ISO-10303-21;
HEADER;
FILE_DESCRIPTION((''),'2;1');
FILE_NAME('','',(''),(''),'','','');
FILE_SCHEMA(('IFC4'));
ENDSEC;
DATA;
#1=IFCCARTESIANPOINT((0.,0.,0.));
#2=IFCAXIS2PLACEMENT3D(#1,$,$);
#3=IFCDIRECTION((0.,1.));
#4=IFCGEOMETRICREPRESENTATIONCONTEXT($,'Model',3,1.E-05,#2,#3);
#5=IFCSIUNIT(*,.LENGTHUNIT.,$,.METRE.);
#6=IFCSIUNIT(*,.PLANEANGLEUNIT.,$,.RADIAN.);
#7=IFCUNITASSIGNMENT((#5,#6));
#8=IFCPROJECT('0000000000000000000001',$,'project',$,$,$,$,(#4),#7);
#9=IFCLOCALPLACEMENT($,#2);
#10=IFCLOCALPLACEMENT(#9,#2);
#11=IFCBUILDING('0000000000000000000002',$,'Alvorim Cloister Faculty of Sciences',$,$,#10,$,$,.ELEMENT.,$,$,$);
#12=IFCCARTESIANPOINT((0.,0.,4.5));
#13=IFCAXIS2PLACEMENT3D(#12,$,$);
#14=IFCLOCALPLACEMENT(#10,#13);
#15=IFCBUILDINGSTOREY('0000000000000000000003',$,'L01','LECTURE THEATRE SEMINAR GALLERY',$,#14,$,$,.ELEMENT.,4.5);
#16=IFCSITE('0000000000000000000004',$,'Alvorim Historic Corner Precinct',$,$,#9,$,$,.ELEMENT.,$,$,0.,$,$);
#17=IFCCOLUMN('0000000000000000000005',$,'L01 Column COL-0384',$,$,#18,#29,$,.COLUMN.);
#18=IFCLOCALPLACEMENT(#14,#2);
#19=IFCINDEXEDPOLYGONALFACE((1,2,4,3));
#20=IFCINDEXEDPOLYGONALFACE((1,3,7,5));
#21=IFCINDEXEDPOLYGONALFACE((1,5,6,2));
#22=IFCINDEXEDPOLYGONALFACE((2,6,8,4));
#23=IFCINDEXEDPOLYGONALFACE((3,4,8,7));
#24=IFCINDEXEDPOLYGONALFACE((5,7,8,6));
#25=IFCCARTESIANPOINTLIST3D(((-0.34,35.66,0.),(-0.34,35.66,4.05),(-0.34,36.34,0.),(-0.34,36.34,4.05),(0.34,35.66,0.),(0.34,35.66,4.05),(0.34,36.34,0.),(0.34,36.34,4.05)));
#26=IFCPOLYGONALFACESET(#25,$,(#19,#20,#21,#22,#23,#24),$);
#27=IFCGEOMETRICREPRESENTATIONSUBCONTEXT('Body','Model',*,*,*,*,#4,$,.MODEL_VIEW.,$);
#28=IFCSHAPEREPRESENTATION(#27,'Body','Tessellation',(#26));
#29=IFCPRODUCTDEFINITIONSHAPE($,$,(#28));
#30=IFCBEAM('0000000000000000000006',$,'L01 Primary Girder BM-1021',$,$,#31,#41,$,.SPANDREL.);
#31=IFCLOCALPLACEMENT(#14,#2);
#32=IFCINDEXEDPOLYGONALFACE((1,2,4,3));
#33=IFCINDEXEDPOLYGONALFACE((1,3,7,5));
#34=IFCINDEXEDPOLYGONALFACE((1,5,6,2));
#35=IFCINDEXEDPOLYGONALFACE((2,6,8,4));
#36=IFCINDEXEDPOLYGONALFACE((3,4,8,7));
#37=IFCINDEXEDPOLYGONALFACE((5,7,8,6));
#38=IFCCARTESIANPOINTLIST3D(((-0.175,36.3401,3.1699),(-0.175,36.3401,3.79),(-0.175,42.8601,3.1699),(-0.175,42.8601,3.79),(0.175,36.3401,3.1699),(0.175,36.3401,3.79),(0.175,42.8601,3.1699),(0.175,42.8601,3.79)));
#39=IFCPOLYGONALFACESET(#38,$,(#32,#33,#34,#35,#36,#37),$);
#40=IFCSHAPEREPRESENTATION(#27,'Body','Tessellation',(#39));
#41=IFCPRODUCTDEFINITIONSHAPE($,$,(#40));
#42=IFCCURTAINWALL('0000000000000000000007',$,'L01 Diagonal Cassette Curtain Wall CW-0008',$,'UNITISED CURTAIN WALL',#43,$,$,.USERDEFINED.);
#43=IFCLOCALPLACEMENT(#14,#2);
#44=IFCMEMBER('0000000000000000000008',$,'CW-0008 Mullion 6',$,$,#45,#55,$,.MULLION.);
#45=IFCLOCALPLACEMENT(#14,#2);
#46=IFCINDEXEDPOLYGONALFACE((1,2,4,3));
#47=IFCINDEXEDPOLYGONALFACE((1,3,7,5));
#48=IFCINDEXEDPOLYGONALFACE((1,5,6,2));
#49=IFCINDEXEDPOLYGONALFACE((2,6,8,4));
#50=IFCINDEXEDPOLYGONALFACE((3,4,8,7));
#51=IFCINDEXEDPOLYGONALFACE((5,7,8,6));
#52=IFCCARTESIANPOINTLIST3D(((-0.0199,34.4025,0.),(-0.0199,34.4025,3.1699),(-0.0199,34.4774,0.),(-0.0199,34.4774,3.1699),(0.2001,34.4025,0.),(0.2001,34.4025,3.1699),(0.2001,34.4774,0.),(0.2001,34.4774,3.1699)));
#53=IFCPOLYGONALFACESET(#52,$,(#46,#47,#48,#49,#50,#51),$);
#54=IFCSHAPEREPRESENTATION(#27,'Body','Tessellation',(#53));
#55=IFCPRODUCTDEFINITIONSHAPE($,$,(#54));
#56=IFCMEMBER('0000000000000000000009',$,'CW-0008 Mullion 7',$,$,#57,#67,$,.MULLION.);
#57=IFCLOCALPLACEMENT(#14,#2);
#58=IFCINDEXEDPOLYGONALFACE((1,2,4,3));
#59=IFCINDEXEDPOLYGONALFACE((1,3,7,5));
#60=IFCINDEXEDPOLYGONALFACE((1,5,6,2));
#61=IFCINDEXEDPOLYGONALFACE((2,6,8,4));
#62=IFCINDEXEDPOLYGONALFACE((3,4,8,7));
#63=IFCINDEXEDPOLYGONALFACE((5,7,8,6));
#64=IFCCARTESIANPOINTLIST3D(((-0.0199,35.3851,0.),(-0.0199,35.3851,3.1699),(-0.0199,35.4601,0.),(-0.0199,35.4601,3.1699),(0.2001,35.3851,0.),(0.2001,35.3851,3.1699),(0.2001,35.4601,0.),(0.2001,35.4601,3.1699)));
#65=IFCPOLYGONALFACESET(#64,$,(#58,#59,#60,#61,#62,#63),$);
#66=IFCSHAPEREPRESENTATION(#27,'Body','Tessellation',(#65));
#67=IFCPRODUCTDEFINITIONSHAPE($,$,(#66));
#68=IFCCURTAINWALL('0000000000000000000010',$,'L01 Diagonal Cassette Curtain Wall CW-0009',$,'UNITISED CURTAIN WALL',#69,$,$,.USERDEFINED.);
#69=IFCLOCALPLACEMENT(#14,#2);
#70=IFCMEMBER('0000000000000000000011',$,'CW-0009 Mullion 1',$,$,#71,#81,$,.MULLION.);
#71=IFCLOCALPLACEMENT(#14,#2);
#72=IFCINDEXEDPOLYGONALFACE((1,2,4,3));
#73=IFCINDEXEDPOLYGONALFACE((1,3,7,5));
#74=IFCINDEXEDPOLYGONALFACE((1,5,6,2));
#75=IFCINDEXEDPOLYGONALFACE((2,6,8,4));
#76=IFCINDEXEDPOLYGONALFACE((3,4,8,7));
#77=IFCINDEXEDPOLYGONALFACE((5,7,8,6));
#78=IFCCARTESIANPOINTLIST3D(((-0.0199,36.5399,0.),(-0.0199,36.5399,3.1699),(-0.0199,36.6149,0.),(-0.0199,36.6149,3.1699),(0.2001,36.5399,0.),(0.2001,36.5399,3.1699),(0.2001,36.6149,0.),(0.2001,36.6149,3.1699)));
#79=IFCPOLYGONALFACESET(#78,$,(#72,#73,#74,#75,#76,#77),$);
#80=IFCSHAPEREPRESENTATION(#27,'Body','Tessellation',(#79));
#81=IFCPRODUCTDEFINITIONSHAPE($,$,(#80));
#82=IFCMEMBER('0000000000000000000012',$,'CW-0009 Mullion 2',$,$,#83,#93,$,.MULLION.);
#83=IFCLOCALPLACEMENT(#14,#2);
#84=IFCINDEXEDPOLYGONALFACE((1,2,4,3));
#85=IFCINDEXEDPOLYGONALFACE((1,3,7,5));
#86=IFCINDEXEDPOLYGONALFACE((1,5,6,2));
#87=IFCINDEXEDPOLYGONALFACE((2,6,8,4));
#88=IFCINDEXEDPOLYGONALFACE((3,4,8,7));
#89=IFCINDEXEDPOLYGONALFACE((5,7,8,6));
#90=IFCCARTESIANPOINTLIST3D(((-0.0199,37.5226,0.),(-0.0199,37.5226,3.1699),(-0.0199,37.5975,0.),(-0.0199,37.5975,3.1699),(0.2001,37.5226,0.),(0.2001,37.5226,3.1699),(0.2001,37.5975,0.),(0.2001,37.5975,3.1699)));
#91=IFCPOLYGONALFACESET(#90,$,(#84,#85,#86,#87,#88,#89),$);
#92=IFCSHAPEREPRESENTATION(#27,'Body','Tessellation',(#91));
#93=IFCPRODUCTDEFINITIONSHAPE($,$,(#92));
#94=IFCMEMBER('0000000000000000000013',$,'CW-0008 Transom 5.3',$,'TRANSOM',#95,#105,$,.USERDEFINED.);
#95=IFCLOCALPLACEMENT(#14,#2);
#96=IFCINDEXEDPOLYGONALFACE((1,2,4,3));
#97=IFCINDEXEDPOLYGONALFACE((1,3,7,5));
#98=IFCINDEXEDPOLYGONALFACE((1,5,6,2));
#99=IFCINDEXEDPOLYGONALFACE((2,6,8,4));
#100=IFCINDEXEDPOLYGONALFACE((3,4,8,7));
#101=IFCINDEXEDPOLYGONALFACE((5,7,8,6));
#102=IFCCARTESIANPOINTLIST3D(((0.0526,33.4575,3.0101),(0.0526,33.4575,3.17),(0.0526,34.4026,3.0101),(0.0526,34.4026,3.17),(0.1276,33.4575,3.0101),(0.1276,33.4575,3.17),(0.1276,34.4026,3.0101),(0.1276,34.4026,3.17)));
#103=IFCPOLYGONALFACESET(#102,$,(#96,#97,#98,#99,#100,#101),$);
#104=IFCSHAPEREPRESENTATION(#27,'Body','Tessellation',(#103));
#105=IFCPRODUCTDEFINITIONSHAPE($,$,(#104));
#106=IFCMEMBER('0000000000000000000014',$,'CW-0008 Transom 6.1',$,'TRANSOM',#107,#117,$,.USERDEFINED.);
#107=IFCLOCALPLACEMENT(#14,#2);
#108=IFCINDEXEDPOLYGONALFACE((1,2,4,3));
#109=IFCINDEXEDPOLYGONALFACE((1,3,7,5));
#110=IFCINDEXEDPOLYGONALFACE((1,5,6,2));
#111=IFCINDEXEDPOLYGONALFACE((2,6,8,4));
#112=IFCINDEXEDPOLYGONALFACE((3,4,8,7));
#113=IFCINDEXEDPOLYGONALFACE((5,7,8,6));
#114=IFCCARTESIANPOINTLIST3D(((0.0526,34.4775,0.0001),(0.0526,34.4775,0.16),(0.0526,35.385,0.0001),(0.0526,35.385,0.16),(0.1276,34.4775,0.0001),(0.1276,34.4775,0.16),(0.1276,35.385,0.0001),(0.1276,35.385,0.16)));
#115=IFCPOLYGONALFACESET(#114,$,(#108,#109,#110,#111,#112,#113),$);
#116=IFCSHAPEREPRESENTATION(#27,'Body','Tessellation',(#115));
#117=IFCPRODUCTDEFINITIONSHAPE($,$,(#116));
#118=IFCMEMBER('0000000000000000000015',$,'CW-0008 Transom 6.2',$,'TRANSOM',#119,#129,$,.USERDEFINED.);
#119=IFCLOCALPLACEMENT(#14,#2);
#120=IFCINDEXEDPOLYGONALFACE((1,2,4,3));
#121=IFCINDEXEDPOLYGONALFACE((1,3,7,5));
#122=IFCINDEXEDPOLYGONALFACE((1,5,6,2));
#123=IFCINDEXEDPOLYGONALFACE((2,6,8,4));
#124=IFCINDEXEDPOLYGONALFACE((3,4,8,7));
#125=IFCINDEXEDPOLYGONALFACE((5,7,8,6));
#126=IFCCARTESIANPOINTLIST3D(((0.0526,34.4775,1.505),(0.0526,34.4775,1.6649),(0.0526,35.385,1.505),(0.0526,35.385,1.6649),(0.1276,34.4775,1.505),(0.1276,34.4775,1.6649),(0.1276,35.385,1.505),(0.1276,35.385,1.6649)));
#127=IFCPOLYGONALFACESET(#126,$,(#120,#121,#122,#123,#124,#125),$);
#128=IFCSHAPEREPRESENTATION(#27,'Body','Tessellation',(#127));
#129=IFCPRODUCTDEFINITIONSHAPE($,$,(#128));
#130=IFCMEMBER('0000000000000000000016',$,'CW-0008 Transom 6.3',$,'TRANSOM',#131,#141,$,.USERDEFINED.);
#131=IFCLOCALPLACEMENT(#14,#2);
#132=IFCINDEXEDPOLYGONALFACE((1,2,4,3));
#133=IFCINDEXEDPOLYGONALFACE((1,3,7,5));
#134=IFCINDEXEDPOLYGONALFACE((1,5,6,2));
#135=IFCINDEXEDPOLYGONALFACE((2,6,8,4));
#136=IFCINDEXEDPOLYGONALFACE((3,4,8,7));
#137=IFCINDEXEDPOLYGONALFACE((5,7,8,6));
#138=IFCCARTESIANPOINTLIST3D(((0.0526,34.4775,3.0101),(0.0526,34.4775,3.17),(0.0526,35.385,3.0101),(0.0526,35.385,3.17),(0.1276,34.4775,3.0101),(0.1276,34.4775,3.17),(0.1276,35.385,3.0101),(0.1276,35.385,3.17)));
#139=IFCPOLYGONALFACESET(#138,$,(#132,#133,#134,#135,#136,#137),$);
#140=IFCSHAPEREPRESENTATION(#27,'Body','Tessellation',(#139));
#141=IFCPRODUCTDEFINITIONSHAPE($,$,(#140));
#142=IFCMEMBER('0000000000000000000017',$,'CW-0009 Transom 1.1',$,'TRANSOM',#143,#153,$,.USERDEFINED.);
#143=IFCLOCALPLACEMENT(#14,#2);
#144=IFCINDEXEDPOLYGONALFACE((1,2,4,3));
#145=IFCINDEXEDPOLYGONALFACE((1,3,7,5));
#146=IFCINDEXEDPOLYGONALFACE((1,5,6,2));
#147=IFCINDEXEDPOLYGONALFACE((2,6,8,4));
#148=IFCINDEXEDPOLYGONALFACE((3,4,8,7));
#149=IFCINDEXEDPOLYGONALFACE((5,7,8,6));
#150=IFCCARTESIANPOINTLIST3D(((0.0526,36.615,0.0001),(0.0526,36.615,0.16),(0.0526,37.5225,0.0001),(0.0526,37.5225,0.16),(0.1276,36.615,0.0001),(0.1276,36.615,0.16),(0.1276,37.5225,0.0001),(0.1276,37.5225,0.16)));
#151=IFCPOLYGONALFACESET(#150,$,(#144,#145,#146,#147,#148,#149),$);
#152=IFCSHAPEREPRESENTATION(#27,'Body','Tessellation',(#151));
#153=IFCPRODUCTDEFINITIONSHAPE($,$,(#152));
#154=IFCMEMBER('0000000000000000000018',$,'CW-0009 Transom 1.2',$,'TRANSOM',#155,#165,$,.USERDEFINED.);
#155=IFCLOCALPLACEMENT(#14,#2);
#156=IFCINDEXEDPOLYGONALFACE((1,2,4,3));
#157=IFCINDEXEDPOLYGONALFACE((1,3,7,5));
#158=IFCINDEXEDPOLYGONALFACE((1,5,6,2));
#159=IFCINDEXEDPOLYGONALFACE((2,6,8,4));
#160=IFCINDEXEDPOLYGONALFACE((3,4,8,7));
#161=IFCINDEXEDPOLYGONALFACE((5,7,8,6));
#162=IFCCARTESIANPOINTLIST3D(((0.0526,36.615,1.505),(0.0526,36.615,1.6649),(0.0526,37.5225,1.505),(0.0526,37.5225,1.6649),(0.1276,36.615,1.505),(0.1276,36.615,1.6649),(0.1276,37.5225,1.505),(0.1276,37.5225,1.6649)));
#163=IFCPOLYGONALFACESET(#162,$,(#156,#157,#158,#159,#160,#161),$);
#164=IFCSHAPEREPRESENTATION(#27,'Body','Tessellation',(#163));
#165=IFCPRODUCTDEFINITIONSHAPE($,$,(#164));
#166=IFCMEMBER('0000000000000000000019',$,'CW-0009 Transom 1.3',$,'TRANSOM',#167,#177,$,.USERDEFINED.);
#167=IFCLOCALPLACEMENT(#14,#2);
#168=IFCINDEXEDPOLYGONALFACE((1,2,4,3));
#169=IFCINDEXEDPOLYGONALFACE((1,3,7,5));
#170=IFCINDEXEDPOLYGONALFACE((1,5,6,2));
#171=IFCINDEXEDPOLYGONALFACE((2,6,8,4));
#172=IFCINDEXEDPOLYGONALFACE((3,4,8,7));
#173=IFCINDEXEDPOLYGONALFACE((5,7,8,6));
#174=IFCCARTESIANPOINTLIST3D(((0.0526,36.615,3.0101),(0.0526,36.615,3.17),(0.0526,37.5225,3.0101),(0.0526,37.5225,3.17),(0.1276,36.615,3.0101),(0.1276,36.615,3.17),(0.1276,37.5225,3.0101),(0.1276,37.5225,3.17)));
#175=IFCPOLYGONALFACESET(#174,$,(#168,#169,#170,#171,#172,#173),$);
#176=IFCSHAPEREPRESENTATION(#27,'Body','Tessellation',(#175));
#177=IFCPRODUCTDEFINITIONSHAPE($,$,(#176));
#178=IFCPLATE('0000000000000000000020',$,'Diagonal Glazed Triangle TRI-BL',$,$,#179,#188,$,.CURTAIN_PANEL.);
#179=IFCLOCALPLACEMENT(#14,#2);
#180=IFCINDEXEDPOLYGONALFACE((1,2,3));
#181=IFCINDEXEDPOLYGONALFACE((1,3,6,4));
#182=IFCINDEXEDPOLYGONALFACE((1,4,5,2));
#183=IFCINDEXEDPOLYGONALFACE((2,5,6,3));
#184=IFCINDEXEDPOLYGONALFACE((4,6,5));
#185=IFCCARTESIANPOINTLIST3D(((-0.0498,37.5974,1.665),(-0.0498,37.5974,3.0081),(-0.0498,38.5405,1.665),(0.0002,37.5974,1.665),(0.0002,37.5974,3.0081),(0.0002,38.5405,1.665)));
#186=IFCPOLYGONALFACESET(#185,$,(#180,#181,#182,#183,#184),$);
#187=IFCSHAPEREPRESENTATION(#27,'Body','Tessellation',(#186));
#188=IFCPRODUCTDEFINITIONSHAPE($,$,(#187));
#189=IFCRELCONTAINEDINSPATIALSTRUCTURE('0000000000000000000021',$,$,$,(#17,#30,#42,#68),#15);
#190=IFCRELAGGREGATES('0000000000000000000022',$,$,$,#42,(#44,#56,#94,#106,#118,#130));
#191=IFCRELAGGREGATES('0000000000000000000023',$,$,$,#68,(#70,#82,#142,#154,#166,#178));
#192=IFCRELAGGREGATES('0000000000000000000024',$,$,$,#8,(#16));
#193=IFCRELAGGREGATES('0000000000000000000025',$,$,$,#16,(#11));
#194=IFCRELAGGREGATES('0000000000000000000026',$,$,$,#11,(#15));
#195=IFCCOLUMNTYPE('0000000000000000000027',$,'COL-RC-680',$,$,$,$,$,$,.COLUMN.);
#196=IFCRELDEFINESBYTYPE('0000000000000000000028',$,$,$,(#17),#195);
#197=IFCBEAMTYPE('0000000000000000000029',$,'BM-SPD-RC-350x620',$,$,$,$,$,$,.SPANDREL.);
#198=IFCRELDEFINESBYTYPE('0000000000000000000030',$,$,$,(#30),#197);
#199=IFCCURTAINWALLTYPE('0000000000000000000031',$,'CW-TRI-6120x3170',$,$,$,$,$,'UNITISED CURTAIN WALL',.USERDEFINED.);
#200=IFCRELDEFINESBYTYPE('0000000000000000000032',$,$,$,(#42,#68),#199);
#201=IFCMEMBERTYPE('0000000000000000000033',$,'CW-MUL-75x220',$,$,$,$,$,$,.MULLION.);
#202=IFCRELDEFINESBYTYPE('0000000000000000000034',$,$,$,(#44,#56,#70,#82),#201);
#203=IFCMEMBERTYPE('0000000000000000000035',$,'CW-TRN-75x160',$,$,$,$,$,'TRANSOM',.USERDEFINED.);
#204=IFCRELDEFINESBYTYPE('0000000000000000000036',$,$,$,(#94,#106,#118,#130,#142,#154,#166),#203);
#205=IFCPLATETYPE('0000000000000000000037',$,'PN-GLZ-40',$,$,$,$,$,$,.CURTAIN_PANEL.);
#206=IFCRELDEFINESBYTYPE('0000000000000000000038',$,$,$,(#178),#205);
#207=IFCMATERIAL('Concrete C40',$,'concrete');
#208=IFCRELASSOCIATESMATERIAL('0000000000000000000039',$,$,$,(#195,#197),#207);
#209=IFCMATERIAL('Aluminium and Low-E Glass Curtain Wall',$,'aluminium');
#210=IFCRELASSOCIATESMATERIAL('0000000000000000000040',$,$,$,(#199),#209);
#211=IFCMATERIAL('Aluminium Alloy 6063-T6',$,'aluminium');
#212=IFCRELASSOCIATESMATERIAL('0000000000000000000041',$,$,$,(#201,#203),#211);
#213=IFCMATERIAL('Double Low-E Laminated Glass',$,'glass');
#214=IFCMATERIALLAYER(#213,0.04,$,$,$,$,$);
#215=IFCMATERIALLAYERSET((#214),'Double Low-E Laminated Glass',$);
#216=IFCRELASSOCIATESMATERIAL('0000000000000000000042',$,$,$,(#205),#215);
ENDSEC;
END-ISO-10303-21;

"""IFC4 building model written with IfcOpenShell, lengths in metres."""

from ifc_helpers import new_model, si_unit, direction, frame, origin, origin_2d, place, context, subcontext, project, spatial, polyline, rectangle, outline, extrude, material, layer, layer_set, material_profile, profile_set, type_object, element, aggregate, save


model = new_model("IFC4")

# Units and contexts
model_context = context("Model", 3, precision=1e-05, world=origin(), true_north=direction((0.0, 1.0)))
body_context = subcontext(model_context, "Body", "Model", "MODEL_VIEW")
ifc_project = project(units=[si_unit("LENGTHUNIT", "METRE"), si_unit("PLANEANGLEUNIT", "RADIAN")], contexts=[model_context])

# Site, building, storey
site_placement = place(None, origin())
site = spatial("IfcSite", under=ifc_project, at=site_placement, Name="Alvorim Historic Corner Precinct", CompositionType="ELEMENT", RefElevation=0.0)
building_placement = place(site_placement, origin())
building = spatial("IfcBuilding", under=site, at=building_placement, Name="Alvorim Cloister Faculty of Sciences", CompositionType="ELEMENT")
storey_placement = place(building_placement, frame((0.0, 0.0, 4.5)))
storey = spatial("IfcBuildingStorey", under=building, at=storey_placement, Name="L01", Description="LECTURE THEATRE SEMINAR GALLERY", CompositionType="ELEMENT", Elevation=4.5)

# Column
ifc_material_1 = material(Name="Concrete C40", Category="concrete")
ifc_material_profile_1 = material_profile(ifc_material_1, rectangle(XDim=0.6799, YDim=0.6799, at=origin_2d()), Name="RC40-COL-680x680")
ifc_profile_set_1 = profile_set([ifc_material_profile_1], Name="Concrete C40")
column_type = type_object("IfcColumnType", Name="COL-RC-680", PredefinedType="COLUMN", material=ifc_profile_set_1)
column_placement = place(storey_placement, frame((0.0, 36.0, 0.0), z_axis=(0.0, 0.0, 1.0), x_axis=(1.0, 0.0, 0.0)))
element("IfcColumn", 1, at=column_placement, inside=storey, type_object=column_type, Name="L01 Column COL-0384", PredefinedType="COLUMN", context=body_context, shape_type="SweptSolid", body=[
    extrude(rectangle(XDim=0.6799, YDim=0.6799, at=origin_2d()), origin(), (0.0, 0.0, 1.0), 4.05),
])

# Beam
ifc_material_profile_2 = material_profile(ifc_material_1, rectangle(XDim=0.3501, YDim=0.6201, at=origin_2d()), Name="RC40-SPD-350x620")
ifc_profile_set_2 = profile_set([ifc_material_profile_2], Name="Concrete C40")
beam_type = type_object("IfcBeamType", Name="BM-SPD-RC-350x620", PredefinedType="SPANDREL", material=ifc_profile_set_2)
beam_placement = place(storey_placement, frame((0.0, 36.3401, 3.48), z_axis=(0.0, 1.0, 0.0), x_axis=(-1.0, 0.0, 0.0)))
element("IfcBeam", 2, at=beam_placement, inside=storey, type_object=beam_type, Name="L01 Primary Girder BM-1021", PredefinedType="SPANDREL", context=body_context, shape_type="SweptSolid", body=[
    extrude(rectangle(XDim=0.3501, YDim=0.6201, at=origin_2d()), origin(), (0.0, 0.0, 1.0), 6.52),
])

# Curtain walls, members
ifc_material_2 = material(Name="Aluminium and Low-E Glass Curtain Wall", Category="aluminium")
curtain_wall_type = type_object("IfcCurtainWallType", Name="CW-TRI-6120x3170", ElementType="UNITISED CURTAIN WALL", PredefinedType="USERDEFINED", material=ifc_material_2)
curtain_wall_1_placement = place(storey_placement, origin())
curtain_wall_1 = element("IfcCurtainWall", 3, at=curtain_wall_1_placement, inside=storey, type_object=curtain_wall_type, Name="L01 Diagonal Cassette Curtain Wall CW-0008", ObjectType="UNITISED CURTAIN WALL", PredefinedType="USERDEFINED")
ifc_material_3 = material(Name="Aluminium Alloy 6063-T6", Category="aluminium")
ifc_material_profile_3 = material_profile(ifc_material_3, rectangle(XDim=0.075, YDim=0.22, at=origin_2d()), Name="ALU-MUL-75x220")
ifc_profile_set_3 = profile_set([ifc_material_profile_3], Name="Aluminium Alloy 6063-T6")
member_type_1 = type_object("IfcMemberType", Name="CW-MUL-75x220", PredefinedType="MULLION", material=ifc_profile_set_3)
member_1_placement = place(storey_placement, frame((0.0901, 34.4399, 0.0), z_axis=(0.0, 0.0, 1.0), x_axis=(0.0, 1.0, 0.0)))
member_1 = element("IfcMember", 4, at=member_1_placement, type_object=member_type_1, Name="CW-0008 Mullion 6", PredefinedType="MULLION", context=body_context, shape_type="SweptSolid", body=[
    extrude(rectangle(XDim=0.075, YDim=0.22, at=origin_2d()), origin(), (0.0, 0.0, 1.0), 3.1699),
])
member_2_placement = place(storey_placement, frame((0.0901, 35.4226, 0.0), z_axis=(0.0, 0.0, 1.0), x_axis=(0.0, 1.0, 0.0)))
member_2 = element("IfcMember", 5, at=member_2_placement, type_object=member_type_1, Name="CW-0008 Mullion 7", PredefinedType="MULLION", context=body_context, shape_type="SweptSolid", body=[
    extrude(rectangle(XDim=0.075, YDim=0.22, at=origin_2d()), origin(), (0.0, 0.0, 1.0), 3.1699),
])
curtain_wall_2_placement = place(storey_placement, origin())
curtain_wall_2 = element("IfcCurtainWall", 6, at=curtain_wall_2_placement, inside=storey, type_object=curtain_wall_type, Name="L01 Diagonal Cassette Curtain Wall CW-0009", ObjectType="UNITISED CURTAIN WALL", PredefinedType="USERDEFINED")
member_3_placement = place(storey_placement, frame((0.0901, 36.5774, 0.0), z_axis=(0.0, 0.0, 1.0), x_axis=(0.0, 1.0, 0.0)))
member_3 = element("IfcMember", 7, at=member_3_placement, type_object=member_type_1, Name="CW-0009 Mullion 1", PredefinedType="MULLION", context=body_context, shape_type="SweptSolid", body=[
    extrude(rectangle(XDim=0.075, YDim=0.22, at=origin_2d()), origin(), (0.0, 0.0, 1.0), 3.1699),
])
member_4_placement = place(storey_placement, frame((0.0901, 37.5601, 0.0), z_axis=(0.0, 0.0, 1.0), x_axis=(0.0, 1.0, 0.0)))
member_4 = element("IfcMember", 8, at=member_4_placement, type_object=member_type_1, Name="CW-0009 Mullion 2", PredefinedType="MULLION", context=body_context, shape_type="SweptSolid", body=[
    extrude(rectangle(XDim=0.075, YDim=0.22, at=origin_2d()), origin(), (0.0, 0.0, 1.0), 3.1699),
])

# Members
ifc_material_profile_4 = material_profile(ifc_material_3, rectangle(XDim=0.075, YDim=0.1599, at=origin_2d()), Name="ALU-TRN-75x160")
ifc_profile_set_4 = profile_set([ifc_material_profile_4], Name="Aluminium Alloy 6063-T6")
member_type_2 = type_object("IfcMemberType", Name="CW-TRN-75x160", ElementType="TRANSOM", PredefinedType="USERDEFINED", material=ifc_profile_set_4)
member_5_placement = place(storey_placement, frame((0.0901, 33.4575, 3.0901), z_axis=(0.0, 1.0, 0.0), x_axis=(-1.0, 0.0, 0.0)))
member_5 = element("IfcMember", 9, at=member_5_placement, type_object=member_type_2, Name="CW-0008 Transom 5.3", ObjectType="TRANSOM", PredefinedType="USERDEFINED", context=body_context, shape_type="SweptSolid", body=[
    extrude(rectangle(XDim=0.075, YDim=0.1599, at=origin_2d()), origin(), (0.0, 0.0, 1.0), 0.9451),
])
member_6_placement = place(storey_placement, frame((0.0901, 34.4775, 0.0801), z_axis=(0.0, 1.0, 0.0), x_axis=(-1.0, 0.0, 0.0)))
member_6 = element("IfcMember", 10, at=member_6_placement, type_object=member_type_2, Name="CW-0008 Transom 6.1", ObjectType="TRANSOM", PredefinedType="USERDEFINED", context=body_context, shape_type="SweptSolid", body=[
    extrude(rectangle(XDim=0.075, YDim=0.1599, at=origin_2d()), origin(), (0.0, 0.0, 1.0), 0.9075),
])
member_7_placement = place(storey_placement, frame((0.0901, 34.4775, 1.585), z_axis=(0.0, 1.0, 0.0), x_axis=(-1.0, 0.0, 0.0)))
member_7 = element("IfcMember", 11, at=member_7_placement, type_object=member_type_2, Name="CW-0008 Transom 6.2", ObjectType="TRANSOM", PredefinedType="USERDEFINED", context=body_context, shape_type="SweptSolid", body=[
    extrude(rectangle(XDim=0.075, YDim=0.1599, at=origin_2d()), origin(), (0.0, 0.0, 1.0), 0.9075),
])
member_8_placement = place(storey_placement, frame((0.0901, 34.4775, 3.0901), z_axis=(0.0, 1.0, 0.0), x_axis=(-1.0, 0.0, 0.0)))
member_8 = element("IfcMember", 12, at=member_8_placement, type_object=member_type_2, Name="CW-0008 Transom 6.3", ObjectType="TRANSOM", PredefinedType="USERDEFINED", context=body_context, shape_type="SweptSolid", body=[
    extrude(rectangle(XDim=0.075, YDim=0.1599, at=origin_2d()), origin(), (0.0, 0.0, 1.0), 0.9075),
])
member_9_placement = place(storey_placement, frame((0.0901, 36.615, 0.0801), z_axis=(0.0, 1.0, 0.0), x_axis=(-1.0, 0.0, 0.0)))
member_9 = element("IfcMember", 13, at=member_9_placement, type_object=member_type_2, Name="CW-0009 Transom 1.1", ObjectType="TRANSOM", PredefinedType="USERDEFINED", context=body_context, shape_type="SweptSolid", body=[
    extrude(rectangle(XDim=0.075, YDim=0.1599, at=origin_2d()), origin(), (0.0, 0.0, 1.0), 0.9075),
])
member_10_placement = place(storey_placement, frame((0.0901, 36.615, 1.585), z_axis=(0.0, 1.0, 0.0), x_axis=(-1.0, 0.0, 0.0)))
member_10 = element("IfcMember", 14, at=member_10_placement, type_object=member_type_2, Name="CW-0009 Transom 1.2", ObjectType="TRANSOM", PredefinedType="USERDEFINED", context=body_context, shape_type="SweptSolid", body=[
    extrude(rectangle(XDim=0.075, YDim=0.1599, at=origin_2d()), origin(), (0.0, 0.0, 1.0), 0.9075),
])
member_11_placement = place(storey_placement, frame((0.0901, 36.615, 3.0901), z_axis=(0.0, 1.0, 0.0), x_axis=(-1.0, 0.0, 0.0)))
member_11 = element("IfcMember", 15, at=member_11_placement, type_object=member_type_2, Name="CW-0009 Transom 1.3", ObjectType="TRANSOM", PredefinedType="USERDEFINED", context=body_context, shape_type="SweptSolid", body=[
    extrude(rectangle(XDim=0.075, YDim=0.1599, at=origin_2d()), origin(), (0.0, 0.0, 1.0), 0.9075),
])

# Plate
ifc_material_4 = material(Name="Double Low-E Laminated Glass", Category="glass")
ifc_layer_1 = layer(ifc_material_4, 0.04)
ifc_layer_set_1 = layer_set([ifc_layer_1], Name="Double Low-E Laminated Glass")
plate_type = type_object("IfcPlateType", Name="PN-GLZ-40", PredefinedType="CURTAIN_PANEL", material=ifc_layer_set_1)
aggregate(curtain_wall_1, [member_1, member_2, member_5, member_6, member_7, member_8])
plate_1_placement = place(storey_placement, frame((-0.0249, 37.5974, 1.665), z_axis=(0.0, 0.0, 1.0), x_axis=(0.0, 1.0, 0.0)))
plate_1 = element("IfcPlate", 16, at=plate_1_placement, type_object=plate_type, Name="Diagonal Glazed Triangle TRI-BL", PredefinedType="CURTAIN_PANEL", context=body_context, shape_type="SweptSolid", body=[
    extrude(outline(polyline([(0.0, 0.0), (0.9431, 0.0), (0.0, 1.343), (0.0, 0.0)])), frame((0.0, 0.0249, 0.0), z_axis=(0.0, -1.0, 0.0), x_axis=(1.0, 0.0, 0.0)), (0.0, 0.0, 1.0), 0.05),
])
aggregate(curtain_wall_2, [member_3, member_4, member_9, member_10, member_11, plate_1])

save(model, "model.ifc")
